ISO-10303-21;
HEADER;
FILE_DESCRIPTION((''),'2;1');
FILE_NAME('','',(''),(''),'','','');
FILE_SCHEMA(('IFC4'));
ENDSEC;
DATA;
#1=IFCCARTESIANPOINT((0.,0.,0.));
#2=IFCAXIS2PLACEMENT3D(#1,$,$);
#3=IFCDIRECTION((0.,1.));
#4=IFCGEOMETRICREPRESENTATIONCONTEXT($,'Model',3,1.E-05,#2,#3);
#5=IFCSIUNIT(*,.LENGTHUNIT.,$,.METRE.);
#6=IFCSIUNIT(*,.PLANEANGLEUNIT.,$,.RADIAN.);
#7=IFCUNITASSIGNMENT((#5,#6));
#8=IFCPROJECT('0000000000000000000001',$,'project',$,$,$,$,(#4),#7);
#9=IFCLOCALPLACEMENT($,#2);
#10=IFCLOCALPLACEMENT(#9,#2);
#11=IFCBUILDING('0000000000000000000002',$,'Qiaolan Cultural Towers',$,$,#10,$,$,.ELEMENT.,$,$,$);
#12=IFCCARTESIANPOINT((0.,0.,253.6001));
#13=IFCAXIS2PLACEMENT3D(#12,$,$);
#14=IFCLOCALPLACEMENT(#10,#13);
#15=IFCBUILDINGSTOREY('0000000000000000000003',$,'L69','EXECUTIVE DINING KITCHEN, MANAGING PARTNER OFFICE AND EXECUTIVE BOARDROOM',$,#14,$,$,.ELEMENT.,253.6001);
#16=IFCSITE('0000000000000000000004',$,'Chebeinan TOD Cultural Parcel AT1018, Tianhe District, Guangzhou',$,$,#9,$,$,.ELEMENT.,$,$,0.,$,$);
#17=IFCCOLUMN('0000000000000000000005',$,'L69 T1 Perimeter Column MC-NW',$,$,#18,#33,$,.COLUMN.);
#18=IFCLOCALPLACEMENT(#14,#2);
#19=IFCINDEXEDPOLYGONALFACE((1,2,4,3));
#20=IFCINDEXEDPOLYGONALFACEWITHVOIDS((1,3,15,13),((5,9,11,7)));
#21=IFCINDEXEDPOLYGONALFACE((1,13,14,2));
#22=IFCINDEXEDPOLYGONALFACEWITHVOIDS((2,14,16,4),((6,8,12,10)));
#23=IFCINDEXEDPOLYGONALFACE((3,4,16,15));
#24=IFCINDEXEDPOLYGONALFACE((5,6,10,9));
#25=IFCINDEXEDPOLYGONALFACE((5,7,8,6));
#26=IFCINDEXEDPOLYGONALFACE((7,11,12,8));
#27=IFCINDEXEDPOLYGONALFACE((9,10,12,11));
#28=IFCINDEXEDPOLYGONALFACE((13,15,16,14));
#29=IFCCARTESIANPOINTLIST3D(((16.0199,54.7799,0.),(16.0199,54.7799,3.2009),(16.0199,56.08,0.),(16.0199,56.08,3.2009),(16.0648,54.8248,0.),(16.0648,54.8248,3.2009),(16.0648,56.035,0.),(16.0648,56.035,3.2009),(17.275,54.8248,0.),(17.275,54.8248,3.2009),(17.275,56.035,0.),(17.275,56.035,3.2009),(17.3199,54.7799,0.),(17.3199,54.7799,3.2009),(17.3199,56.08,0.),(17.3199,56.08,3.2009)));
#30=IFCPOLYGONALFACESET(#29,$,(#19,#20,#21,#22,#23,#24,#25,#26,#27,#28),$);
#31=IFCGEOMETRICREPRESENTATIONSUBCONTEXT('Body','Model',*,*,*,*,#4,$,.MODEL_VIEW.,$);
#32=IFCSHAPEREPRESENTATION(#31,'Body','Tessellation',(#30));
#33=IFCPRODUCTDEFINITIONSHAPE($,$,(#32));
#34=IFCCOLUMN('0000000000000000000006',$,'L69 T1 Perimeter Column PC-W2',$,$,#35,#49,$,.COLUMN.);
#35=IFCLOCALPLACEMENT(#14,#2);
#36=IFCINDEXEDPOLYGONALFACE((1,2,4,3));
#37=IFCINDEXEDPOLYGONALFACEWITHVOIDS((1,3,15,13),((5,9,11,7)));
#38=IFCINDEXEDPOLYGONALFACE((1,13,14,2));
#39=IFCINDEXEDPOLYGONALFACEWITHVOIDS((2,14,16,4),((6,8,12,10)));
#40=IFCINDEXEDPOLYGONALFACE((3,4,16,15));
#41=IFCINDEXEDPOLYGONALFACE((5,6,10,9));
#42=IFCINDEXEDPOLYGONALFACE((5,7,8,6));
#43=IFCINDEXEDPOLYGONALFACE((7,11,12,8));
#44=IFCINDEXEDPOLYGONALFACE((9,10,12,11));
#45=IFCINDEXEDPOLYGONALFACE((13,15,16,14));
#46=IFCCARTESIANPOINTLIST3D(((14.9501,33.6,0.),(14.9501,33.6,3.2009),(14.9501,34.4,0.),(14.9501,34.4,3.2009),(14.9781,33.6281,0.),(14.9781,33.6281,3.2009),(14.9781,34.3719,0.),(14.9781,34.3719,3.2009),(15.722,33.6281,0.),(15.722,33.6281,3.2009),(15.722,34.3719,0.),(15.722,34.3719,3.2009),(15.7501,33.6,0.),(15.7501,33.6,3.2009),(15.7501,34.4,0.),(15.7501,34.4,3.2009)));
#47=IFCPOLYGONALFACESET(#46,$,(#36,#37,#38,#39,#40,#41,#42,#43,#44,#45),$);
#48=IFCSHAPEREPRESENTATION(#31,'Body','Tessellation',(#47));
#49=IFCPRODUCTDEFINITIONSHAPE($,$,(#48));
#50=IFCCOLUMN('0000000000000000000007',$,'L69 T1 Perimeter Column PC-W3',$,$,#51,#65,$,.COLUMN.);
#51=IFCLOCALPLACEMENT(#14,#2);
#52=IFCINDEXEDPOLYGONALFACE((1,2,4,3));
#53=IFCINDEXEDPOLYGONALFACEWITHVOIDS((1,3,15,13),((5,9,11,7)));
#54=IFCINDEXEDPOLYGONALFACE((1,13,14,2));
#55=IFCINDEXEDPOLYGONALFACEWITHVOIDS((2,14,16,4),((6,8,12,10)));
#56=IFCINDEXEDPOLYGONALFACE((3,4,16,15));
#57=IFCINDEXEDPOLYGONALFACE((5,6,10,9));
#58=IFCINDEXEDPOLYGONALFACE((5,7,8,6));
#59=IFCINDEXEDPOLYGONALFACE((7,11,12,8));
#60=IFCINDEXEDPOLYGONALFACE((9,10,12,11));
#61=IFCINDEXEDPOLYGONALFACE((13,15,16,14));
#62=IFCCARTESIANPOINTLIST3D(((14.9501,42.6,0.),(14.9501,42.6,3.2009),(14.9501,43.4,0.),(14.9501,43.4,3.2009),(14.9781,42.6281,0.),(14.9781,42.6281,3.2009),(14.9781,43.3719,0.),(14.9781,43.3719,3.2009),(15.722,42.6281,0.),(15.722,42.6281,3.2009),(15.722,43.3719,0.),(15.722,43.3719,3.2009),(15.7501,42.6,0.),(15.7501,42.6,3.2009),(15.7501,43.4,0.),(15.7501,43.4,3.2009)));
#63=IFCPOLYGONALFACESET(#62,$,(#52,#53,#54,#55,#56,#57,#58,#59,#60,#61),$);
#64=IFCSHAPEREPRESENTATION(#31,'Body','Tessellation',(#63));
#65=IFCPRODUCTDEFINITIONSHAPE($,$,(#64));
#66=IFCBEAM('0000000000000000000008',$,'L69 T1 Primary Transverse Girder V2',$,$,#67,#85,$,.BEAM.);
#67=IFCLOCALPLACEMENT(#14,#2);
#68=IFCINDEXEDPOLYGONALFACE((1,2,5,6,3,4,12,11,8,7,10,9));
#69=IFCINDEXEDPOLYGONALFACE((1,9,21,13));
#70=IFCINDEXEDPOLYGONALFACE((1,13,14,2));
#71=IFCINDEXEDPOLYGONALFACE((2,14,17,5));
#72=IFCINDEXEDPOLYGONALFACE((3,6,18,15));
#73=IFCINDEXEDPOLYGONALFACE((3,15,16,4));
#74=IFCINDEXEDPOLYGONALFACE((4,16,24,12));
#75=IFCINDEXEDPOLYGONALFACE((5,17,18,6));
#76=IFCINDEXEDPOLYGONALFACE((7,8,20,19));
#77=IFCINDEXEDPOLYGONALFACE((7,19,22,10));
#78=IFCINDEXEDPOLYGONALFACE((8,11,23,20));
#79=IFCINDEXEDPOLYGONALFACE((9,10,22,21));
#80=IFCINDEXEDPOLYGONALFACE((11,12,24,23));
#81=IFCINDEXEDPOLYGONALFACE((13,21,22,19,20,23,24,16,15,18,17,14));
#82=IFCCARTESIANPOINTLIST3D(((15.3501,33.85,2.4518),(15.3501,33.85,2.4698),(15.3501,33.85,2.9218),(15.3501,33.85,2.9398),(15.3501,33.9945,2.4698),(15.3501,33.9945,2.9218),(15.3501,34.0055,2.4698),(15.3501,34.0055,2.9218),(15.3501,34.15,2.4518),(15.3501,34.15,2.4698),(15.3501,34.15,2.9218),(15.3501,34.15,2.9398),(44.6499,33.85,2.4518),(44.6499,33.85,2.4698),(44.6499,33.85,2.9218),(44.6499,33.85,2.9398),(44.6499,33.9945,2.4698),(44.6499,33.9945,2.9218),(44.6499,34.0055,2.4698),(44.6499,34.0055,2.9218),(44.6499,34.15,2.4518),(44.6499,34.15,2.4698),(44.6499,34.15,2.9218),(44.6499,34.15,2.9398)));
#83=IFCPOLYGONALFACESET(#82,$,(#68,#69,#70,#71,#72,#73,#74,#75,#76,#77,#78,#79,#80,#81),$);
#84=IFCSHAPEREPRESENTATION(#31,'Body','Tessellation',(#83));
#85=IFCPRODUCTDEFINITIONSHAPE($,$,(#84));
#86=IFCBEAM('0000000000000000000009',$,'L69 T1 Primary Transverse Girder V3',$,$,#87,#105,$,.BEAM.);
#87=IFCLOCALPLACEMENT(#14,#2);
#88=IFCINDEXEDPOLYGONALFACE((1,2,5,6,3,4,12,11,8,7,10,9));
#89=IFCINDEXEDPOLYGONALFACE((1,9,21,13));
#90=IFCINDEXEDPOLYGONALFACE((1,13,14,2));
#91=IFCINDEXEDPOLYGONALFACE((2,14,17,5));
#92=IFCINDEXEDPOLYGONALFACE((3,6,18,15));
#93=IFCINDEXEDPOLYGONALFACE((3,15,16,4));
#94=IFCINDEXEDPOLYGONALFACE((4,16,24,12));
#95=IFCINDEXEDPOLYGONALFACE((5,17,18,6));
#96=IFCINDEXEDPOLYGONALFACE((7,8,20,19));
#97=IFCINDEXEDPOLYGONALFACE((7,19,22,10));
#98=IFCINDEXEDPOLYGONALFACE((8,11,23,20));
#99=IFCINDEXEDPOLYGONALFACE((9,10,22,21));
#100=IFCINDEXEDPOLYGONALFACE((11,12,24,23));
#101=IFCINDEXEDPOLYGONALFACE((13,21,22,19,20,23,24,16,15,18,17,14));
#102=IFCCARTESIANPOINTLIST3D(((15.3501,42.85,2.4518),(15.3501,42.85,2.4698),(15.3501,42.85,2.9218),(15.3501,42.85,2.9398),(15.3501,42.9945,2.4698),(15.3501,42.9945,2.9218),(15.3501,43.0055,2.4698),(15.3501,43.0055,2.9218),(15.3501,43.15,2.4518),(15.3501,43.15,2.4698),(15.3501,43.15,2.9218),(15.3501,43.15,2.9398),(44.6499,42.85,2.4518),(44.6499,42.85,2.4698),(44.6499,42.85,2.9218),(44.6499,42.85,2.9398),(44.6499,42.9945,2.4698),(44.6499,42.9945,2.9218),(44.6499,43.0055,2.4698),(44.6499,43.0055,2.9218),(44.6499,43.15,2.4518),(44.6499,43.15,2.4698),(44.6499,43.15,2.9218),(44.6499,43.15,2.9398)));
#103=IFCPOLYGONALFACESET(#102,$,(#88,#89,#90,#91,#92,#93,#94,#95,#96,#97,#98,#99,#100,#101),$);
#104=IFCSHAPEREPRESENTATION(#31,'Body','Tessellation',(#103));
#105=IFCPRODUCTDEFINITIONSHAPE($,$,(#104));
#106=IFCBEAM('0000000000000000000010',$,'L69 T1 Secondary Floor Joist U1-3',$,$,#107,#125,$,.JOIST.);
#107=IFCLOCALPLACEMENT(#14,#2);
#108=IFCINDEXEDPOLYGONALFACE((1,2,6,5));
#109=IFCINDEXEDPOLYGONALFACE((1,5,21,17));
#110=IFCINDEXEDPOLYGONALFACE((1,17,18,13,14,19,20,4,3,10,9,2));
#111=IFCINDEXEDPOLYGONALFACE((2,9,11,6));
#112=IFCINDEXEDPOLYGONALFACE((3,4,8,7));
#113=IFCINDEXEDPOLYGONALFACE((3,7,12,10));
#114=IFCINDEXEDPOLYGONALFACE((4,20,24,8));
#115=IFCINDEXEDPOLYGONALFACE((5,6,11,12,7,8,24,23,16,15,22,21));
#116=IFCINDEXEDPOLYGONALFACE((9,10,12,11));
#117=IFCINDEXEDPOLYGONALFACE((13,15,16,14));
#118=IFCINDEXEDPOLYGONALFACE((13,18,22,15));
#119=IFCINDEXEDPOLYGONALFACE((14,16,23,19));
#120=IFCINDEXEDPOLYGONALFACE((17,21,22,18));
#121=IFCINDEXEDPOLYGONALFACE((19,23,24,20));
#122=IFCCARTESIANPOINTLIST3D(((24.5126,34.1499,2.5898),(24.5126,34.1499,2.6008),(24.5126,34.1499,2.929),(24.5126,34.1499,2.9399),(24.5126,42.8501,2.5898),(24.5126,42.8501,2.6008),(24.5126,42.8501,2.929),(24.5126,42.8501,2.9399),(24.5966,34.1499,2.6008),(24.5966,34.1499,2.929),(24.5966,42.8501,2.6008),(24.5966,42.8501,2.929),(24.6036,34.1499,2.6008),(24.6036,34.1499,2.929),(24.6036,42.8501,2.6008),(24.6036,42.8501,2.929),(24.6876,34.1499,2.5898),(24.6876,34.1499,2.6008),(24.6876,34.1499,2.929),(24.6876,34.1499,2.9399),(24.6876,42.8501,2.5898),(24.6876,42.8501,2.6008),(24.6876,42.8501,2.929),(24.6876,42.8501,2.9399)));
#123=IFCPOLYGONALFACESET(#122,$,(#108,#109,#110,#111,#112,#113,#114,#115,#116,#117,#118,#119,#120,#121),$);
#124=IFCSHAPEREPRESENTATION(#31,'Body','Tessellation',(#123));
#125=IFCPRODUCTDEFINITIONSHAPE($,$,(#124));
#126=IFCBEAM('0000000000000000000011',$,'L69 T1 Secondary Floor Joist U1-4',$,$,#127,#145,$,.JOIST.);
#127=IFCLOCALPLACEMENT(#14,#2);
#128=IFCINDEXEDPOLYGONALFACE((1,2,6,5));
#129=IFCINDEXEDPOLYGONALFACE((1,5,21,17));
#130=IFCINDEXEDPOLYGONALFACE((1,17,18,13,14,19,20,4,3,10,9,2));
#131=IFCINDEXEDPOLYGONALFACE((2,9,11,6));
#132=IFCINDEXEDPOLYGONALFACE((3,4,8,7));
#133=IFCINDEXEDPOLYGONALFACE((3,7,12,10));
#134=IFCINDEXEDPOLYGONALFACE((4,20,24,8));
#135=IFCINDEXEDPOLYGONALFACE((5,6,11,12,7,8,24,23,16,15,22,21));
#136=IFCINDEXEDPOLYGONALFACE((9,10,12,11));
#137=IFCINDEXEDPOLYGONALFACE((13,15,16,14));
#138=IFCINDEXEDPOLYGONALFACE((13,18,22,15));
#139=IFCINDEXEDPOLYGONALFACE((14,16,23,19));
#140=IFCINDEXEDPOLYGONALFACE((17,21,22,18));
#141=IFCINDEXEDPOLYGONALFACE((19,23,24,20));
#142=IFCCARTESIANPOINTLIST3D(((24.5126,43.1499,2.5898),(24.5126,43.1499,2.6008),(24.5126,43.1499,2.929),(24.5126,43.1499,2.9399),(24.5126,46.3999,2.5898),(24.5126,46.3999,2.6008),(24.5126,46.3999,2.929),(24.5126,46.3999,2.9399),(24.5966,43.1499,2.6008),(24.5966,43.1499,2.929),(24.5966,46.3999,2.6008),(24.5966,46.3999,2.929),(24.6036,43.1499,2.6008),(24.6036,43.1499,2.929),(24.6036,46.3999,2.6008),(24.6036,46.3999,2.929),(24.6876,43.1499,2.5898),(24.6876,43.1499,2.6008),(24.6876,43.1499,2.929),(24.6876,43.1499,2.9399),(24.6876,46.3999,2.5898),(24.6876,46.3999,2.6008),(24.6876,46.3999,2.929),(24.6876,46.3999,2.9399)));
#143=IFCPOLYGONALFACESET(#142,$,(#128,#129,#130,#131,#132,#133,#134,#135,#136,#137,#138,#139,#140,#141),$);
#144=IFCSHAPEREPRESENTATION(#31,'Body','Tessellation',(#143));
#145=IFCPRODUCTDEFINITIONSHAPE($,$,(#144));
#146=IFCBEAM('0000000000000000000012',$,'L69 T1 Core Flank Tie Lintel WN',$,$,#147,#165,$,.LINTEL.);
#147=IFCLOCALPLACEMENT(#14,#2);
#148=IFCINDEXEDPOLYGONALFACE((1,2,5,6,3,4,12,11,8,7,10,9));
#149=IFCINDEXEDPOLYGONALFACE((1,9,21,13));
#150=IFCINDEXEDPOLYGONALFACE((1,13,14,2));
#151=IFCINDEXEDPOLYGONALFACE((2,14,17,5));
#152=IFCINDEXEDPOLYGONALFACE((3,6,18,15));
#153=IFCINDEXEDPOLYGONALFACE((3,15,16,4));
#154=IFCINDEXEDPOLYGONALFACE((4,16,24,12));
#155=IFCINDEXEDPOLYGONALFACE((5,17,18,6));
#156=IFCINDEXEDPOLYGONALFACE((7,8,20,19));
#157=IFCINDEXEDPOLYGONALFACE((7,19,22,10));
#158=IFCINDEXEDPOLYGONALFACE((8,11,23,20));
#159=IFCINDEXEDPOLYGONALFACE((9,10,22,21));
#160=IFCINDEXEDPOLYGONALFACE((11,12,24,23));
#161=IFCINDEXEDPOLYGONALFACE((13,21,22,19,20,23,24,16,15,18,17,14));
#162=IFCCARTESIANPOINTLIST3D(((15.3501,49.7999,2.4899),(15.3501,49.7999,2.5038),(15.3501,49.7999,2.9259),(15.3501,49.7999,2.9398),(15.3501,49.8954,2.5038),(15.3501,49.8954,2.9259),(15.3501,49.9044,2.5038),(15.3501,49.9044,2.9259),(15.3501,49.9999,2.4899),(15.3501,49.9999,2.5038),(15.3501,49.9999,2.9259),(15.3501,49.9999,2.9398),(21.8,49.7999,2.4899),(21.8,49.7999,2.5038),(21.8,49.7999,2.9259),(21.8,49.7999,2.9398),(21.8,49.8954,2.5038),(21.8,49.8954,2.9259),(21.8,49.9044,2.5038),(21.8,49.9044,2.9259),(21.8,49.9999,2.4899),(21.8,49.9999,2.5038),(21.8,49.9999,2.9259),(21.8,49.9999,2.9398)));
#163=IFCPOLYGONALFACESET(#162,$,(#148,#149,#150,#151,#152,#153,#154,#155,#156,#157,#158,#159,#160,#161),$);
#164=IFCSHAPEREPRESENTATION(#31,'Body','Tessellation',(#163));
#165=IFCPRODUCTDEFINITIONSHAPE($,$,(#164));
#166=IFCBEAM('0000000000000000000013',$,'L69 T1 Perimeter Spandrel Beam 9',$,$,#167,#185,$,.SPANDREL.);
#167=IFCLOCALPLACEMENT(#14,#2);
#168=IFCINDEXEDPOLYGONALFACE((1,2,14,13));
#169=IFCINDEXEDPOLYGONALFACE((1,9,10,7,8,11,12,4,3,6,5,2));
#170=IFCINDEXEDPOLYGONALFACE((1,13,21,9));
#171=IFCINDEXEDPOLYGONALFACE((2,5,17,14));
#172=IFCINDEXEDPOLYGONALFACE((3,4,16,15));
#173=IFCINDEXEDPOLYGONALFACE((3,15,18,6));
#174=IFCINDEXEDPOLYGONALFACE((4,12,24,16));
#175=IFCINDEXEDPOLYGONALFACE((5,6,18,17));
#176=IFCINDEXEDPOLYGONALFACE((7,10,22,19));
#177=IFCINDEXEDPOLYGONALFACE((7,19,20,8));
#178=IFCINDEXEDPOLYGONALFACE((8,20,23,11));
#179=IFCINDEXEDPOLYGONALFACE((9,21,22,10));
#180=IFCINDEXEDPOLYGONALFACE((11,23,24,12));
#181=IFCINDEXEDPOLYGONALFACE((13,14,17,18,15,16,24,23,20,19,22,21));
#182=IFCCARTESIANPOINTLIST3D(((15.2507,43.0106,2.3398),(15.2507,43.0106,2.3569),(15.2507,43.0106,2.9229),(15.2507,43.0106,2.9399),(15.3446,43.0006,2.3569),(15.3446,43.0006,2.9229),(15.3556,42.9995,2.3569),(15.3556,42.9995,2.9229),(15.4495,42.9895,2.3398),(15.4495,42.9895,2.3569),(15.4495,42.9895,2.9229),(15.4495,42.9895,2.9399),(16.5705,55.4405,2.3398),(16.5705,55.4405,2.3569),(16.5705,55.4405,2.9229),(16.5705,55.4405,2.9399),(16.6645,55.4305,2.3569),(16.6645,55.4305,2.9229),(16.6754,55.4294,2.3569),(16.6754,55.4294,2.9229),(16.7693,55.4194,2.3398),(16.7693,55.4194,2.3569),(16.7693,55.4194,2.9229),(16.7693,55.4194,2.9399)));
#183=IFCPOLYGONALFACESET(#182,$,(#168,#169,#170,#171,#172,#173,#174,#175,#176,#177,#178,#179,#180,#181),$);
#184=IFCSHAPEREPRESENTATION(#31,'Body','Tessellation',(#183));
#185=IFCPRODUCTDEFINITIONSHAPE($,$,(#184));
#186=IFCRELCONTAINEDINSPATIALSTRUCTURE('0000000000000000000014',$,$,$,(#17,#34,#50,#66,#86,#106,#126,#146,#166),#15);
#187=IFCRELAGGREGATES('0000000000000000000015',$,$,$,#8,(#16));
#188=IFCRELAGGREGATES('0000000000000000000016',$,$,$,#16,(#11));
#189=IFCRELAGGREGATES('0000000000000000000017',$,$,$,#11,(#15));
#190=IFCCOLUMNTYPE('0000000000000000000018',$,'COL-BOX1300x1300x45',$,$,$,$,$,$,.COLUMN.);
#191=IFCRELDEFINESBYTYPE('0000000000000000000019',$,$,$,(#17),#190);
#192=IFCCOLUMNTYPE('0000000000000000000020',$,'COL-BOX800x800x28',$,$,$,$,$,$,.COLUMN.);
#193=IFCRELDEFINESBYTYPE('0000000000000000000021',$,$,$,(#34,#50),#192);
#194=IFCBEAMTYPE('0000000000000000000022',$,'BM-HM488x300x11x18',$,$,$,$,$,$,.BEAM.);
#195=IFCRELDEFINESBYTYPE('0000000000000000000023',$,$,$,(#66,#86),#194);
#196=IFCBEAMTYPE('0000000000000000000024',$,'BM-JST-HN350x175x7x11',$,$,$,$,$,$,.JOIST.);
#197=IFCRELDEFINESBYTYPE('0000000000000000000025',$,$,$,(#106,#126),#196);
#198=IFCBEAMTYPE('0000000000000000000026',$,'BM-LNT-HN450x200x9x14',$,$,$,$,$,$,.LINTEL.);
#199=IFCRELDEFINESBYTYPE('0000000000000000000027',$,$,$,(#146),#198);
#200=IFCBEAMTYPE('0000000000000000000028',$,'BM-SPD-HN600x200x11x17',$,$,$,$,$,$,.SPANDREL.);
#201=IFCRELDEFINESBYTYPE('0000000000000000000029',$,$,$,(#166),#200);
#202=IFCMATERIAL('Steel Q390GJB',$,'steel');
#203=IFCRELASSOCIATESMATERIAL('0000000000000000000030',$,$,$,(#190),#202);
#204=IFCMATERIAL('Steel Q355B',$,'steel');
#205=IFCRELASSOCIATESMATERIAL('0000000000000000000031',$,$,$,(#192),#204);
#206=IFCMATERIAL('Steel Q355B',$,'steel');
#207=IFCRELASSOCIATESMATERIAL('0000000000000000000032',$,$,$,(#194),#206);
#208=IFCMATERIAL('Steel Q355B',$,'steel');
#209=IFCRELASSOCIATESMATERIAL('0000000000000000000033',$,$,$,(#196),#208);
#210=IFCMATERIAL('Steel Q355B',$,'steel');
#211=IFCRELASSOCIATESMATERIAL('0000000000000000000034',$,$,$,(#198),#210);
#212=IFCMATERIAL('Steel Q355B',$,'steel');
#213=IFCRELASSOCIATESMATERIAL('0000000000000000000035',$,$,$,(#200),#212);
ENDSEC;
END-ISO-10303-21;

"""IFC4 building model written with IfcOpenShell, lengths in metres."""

from ifc_helpers import new_model, si_unit, direction, frame, origin, origin_2d, place, context, subcontext, project, spatial, hollow_rectangle, i_section, extrude, material, material_profile, profile_set, type_object, element, save


model = new_model("IFC4")

# Units and contexts
model_context = context("Model", 3, precision=1e-05, world=origin(), true_north=direction((0.0, 1.0)))
body_context = subcontext(model_context, "Body", "Model", "MODEL_VIEW")
ifc_project = project(units=[si_unit("LENGTHUNIT", "METRE"), si_unit("PLANEANGLEUNIT", "RADIAN")], contexts=[model_context])

# Site, building, storey
site_placement = place(None, origin())
site = spatial("IfcSite", under=ifc_project, at=site_placement, Name="Chebeinan TOD Cultural Parcel AT1018, Tianhe District, Guangzhou", CompositionType="ELEMENT", RefElevation=0.0)
building_placement = place(site_placement, origin())
building = spatial("IfcBuilding", under=site, at=building_placement, Name="Qiaolan Cultural Towers", CompositionType="ELEMENT")
storey_placement = place(building_placement, frame((0.0, 0.0, 253.6001)))
storey = spatial("IfcBuildingStorey", under=building, at=storey_placement, Name="L69", Description="EXECUTIVE DINING KITCHEN, MANAGING PARTNER OFFICE AND EXECUTIVE BOARDROOM", CompositionType="ELEMENT", Elevation=253.6001)

# Columns
ifc_material_1 = material(Name="Steel Q390GJB", Category="steel")
ifc_material_profile_1 = material_profile(ifc_material_1, hollow_rectangle(XDim=1.3, YDim=1.3, WallThickness=0.0449, at=origin_2d()), Name="BOX1300x1300x45")
ifc_profile_set_1 = profile_set([ifc_material_profile_1], Name="Steel Q390GJB")
column_type_1 = type_object("IfcColumnType", Name="COL-BOX1300x1300x45", PredefinedType="COLUMN", material=ifc_profile_set_1)
column_placement = place(storey_placement, frame((16.6699, 55.4299, 0.0), z_axis=(0.0, 0.0, 1.0), x_axis=(1.0, 0.0, 0.0)))
element("IfcColumn", 1, at=column_placement, inside=storey, type_object=column_type_1, Name="L69 T1 Perimeter Column MC-NW", PredefinedType="COLUMN", context=body_context, shape_type="SweptSolid", body=[
    extrude(hollow_rectangle(XDim=1.3, YDim=1.3, WallThickness=0.0449, at=origin_2d()), origin(), (0.0, 0.0, 1.0), 3.2009),
])
ifc_material_2 = material(Name="Steel Q355B", Category="steel")
ifc_material_profile_2 = material_profile(ifc_material_2, hollow_rectangle(XDim=0.8, YDim=0.8, WallThickness=0.0281, at=origin_2d()), Name="BOX800x800x28")
ifc_profile_set_2 = profile_set([ifc_material_profile_2], Name="Steel Q355B")
column_type_2 = type_object("IfcColumnType", Name="COL-BOX800x800x28", PredefinedType="COLUMN", material=ifc_profile_set_2)
for number, where, z_axis, x_axis, name in (
    (2, (15.3501, 34.0, 0.0), (0.0, 0.0, 1.0), (1.0, 0.0, 0.0), "L69 T1 Perimeter Column PC-W2"),
    (3, (15.3501, 43.0, 0.0), (0.0, 0.0, 1.0), (1.0, 0.0, 0.0), "L69 T1 Perimeter Column PC-W3"),
):
    element("IfcColumn", number, at=place(storey_placement, frame(where, z_axis=z_axis, x_axis=x_axis)), inside=storey, type_object=column_type_2, Name=name, PredefinedType="COLUMN", context=body_context, shape_type="SweptSolid", body=[
        extrude(hollow_rectangle(XDim=0.8, YDim=0.8, WallThickness=0.0281, at=origin_2d()), origin(), (0.0, 0.0, 1.0), 3.2009),
    ])

# Beams
ifc_material_3 = material(Name="Steel Q355B", Category="steel")
ifc_material_profile_3 = material_profile(ifc_material_3, i_section(OverallWidth=0.3, OverallDepth=0.488, WebThickness=0.011, FlangeThickness=0.0181, at=origin_2d()), Name="HM488x300x11x18")
ifc_profile_set_3 = profile_set([ifc_material_profile_3], Name="Steel Q355B")
beam_type_1 = type_object("IfcBeamType", Name="BM-HM488x300x11x18", PredefinedType="BEAM", material=ifc_profile_set_3)
for number, where, z_axis, x_axis, name in (
    (4, (15.3501, 34.0, 2.6958), (1.0, 0.0, 0.0), (0.0, 1.0, 0.0), "L69 T1 Primary Transverse Girder V2"),
    (5, (15.3501, 43.0, 2.6958), (1.0, 0.0, 0.0), (0.0, 1.0, 0.0), "L69 T1 Primary Transverse Girder V3"),
):
    element("IfcBeam", number, at=place(storey_placement, frame(where, z_axis=z_axis, x_axis=x_axis)), inside=storey, type_object=beam_type_1, Name=name, PredefinedType="BEAM", context=body_context, shape_type="SweptSolid", body=[
        extrude(i_section(OverallWidth=0.3, OverallDepth=0.488, WebThickness=0.011, FlangeThickness=0.0181, at=origin_2d()), origin(), (0.0, 0.0, 1.0), 29.2998),
    ])
ifc_material_4 = material(Name="Steel Q355B", Category="steel")
ifc_material_profile_4 = material_profile(ifc_material_4, i_section(OverallWidth=0.175, OverallDepth=0.3501, WebThickness=0.0071, FlangeThickness=0.011, at=origin_2d()), Name="HN350x175x7x11")
ifc_profile_set_4 = profile_set([ifc_material_profile_4], Name="Steel Q355B")
beam_type_2 = type_object("IfcBeamType", Name="BM-JST-HN350x175x7x11", PredefinedType="JOIST", material=ifc_profile_set_4)
beam_1_placement = place(storey_placement, frame((24.6001, 34.1499, 2.7649), z_axis=(0.0, 1.0, 0.0), x_axis=(-1.0, 0.0, 0.0)))
element("IfcBeam", 6, at=beam_1_placement, inside=storey, type_object=beam_type_2, Name="L69 T1 Secondary Floor Joist U1-3", PredefinedType="JOIST", context=body_context, shape_type="SweptSolid", body=[
    extrude(i_section(OverallWidth=0.175, OverallDepth=0.3501, WebThickness=0.0071, FlangeThickness=0.011, at=origin_2d()), origin(), (0.0, 0.0, 1.0), 8.7002),
])
beam_2_placement = place(storey_placement, frame((24.6001, 43.1499, 2.7649), z_axis=(0.0, 1.0, 0.0), x_axis=(-1.0, 0.0, 0.0)))
element("IfcBeam", 7, at=beam_2_placement, inside=storey, type_object=beam_type_2, Name="L69 T1 Secondary Floor Joist U1-4", PredefinedType="JOIST", context=body_context, shape_type="SweptSolid", body=[
    extrude(i_section(OverallWidth=0.175, OverallDepth=0.3501, WebThickness=0.0071, FlangeThickness=0.011, at=origin_2d()), origin(), (0.0, 0.0, 1.0), 3.25),
])
ifc_material_5 = material(Name="Steel Q355B", Category="steel")
ifc_material_profile_5 = material_profile(ifc_material_5, i_section(OverallWidth=0.2, OverallDepth=0.45, WebThickness=0.009, FlangeThickness=0.0139, at=origin_2d()), Name="HN450x200x9x14")
ifc_profile_set_5 = profile_set([ifc_material_profile_5], Name="Steel Q355B")
beam_type_3 = type_object("IfcBeamType", Name="BM-LNT-HN450x200x9x14", PredefinedType="LINTEL", material=ifc_profile_set_5)
beam_3_placement = place(storey_placement, frame((21.8, 49.8999, 2.7148), z_axis=(-1.0, 0.0, 0.0), x_axis=(0.0, -1.0, 0.0)))
element("IfcBeam", 8, at=beam_3_placement, inside=storey, type_object=beam_type_3, Name="L69 T1 Core Flank Tie Lintel WN", PredefinedType="LINTEL", context=body_context, shape_type="SweptSolid", body=[
    extrude(i_section(OverallWidth=0.2, OverallDepth=0.45, WebThickness=0.009, FlangeThickness=0.0139, at=origin_2d()), origin(), (0.0, 0.0, 1.0), 6.45),
])
ifc_material_6 = material(Name="Steel Q355B", Category="steel")
ifc_material_profile_6 = material_profile(ifc_material_6, i_section(OverallWidth=0.2, OverallDepth=0.6001, WebThickness=0.011, FlangeThickness=0.0171, at=origin_2d()), Name="HN600x200x11x17")
ifc_profile_set_6 = profile_set([ifc_material_profile_6], Name="Steel Q355B")
beam_type_4 = type_object("IfcBeamType", Name="BM-SPD-HN600x200x11x17", PredefinedType="SPANDREL", material=ifc_profile_set_6)
beam_4_placement = place(storey_placement, frame((16.6699, 55.4299, 2.6399), z_axis=(-0.105588, -0.99441, 0.0), x_axis=(0.99441, -0.105588, 0.0)))
element("IfcBeam", 9, at=beam_4_placement, inside=storey, type_object=beam_type_4, Name="L69 T1 Perimeter Spandrel Beam 9", PredefinedType="SPANDREL", context=body_context, shape_type="SweptSolid", body=[
    extrude(i_section(OverallWidth=0.2, OverallDepth=0.6001, WebThickness=0.011, FlangeThickness=0.0171, at=origin_2d()), origin(), (0.0, 0.0, 1.0), 12.4998),
])

save(model, "model.ifc")
